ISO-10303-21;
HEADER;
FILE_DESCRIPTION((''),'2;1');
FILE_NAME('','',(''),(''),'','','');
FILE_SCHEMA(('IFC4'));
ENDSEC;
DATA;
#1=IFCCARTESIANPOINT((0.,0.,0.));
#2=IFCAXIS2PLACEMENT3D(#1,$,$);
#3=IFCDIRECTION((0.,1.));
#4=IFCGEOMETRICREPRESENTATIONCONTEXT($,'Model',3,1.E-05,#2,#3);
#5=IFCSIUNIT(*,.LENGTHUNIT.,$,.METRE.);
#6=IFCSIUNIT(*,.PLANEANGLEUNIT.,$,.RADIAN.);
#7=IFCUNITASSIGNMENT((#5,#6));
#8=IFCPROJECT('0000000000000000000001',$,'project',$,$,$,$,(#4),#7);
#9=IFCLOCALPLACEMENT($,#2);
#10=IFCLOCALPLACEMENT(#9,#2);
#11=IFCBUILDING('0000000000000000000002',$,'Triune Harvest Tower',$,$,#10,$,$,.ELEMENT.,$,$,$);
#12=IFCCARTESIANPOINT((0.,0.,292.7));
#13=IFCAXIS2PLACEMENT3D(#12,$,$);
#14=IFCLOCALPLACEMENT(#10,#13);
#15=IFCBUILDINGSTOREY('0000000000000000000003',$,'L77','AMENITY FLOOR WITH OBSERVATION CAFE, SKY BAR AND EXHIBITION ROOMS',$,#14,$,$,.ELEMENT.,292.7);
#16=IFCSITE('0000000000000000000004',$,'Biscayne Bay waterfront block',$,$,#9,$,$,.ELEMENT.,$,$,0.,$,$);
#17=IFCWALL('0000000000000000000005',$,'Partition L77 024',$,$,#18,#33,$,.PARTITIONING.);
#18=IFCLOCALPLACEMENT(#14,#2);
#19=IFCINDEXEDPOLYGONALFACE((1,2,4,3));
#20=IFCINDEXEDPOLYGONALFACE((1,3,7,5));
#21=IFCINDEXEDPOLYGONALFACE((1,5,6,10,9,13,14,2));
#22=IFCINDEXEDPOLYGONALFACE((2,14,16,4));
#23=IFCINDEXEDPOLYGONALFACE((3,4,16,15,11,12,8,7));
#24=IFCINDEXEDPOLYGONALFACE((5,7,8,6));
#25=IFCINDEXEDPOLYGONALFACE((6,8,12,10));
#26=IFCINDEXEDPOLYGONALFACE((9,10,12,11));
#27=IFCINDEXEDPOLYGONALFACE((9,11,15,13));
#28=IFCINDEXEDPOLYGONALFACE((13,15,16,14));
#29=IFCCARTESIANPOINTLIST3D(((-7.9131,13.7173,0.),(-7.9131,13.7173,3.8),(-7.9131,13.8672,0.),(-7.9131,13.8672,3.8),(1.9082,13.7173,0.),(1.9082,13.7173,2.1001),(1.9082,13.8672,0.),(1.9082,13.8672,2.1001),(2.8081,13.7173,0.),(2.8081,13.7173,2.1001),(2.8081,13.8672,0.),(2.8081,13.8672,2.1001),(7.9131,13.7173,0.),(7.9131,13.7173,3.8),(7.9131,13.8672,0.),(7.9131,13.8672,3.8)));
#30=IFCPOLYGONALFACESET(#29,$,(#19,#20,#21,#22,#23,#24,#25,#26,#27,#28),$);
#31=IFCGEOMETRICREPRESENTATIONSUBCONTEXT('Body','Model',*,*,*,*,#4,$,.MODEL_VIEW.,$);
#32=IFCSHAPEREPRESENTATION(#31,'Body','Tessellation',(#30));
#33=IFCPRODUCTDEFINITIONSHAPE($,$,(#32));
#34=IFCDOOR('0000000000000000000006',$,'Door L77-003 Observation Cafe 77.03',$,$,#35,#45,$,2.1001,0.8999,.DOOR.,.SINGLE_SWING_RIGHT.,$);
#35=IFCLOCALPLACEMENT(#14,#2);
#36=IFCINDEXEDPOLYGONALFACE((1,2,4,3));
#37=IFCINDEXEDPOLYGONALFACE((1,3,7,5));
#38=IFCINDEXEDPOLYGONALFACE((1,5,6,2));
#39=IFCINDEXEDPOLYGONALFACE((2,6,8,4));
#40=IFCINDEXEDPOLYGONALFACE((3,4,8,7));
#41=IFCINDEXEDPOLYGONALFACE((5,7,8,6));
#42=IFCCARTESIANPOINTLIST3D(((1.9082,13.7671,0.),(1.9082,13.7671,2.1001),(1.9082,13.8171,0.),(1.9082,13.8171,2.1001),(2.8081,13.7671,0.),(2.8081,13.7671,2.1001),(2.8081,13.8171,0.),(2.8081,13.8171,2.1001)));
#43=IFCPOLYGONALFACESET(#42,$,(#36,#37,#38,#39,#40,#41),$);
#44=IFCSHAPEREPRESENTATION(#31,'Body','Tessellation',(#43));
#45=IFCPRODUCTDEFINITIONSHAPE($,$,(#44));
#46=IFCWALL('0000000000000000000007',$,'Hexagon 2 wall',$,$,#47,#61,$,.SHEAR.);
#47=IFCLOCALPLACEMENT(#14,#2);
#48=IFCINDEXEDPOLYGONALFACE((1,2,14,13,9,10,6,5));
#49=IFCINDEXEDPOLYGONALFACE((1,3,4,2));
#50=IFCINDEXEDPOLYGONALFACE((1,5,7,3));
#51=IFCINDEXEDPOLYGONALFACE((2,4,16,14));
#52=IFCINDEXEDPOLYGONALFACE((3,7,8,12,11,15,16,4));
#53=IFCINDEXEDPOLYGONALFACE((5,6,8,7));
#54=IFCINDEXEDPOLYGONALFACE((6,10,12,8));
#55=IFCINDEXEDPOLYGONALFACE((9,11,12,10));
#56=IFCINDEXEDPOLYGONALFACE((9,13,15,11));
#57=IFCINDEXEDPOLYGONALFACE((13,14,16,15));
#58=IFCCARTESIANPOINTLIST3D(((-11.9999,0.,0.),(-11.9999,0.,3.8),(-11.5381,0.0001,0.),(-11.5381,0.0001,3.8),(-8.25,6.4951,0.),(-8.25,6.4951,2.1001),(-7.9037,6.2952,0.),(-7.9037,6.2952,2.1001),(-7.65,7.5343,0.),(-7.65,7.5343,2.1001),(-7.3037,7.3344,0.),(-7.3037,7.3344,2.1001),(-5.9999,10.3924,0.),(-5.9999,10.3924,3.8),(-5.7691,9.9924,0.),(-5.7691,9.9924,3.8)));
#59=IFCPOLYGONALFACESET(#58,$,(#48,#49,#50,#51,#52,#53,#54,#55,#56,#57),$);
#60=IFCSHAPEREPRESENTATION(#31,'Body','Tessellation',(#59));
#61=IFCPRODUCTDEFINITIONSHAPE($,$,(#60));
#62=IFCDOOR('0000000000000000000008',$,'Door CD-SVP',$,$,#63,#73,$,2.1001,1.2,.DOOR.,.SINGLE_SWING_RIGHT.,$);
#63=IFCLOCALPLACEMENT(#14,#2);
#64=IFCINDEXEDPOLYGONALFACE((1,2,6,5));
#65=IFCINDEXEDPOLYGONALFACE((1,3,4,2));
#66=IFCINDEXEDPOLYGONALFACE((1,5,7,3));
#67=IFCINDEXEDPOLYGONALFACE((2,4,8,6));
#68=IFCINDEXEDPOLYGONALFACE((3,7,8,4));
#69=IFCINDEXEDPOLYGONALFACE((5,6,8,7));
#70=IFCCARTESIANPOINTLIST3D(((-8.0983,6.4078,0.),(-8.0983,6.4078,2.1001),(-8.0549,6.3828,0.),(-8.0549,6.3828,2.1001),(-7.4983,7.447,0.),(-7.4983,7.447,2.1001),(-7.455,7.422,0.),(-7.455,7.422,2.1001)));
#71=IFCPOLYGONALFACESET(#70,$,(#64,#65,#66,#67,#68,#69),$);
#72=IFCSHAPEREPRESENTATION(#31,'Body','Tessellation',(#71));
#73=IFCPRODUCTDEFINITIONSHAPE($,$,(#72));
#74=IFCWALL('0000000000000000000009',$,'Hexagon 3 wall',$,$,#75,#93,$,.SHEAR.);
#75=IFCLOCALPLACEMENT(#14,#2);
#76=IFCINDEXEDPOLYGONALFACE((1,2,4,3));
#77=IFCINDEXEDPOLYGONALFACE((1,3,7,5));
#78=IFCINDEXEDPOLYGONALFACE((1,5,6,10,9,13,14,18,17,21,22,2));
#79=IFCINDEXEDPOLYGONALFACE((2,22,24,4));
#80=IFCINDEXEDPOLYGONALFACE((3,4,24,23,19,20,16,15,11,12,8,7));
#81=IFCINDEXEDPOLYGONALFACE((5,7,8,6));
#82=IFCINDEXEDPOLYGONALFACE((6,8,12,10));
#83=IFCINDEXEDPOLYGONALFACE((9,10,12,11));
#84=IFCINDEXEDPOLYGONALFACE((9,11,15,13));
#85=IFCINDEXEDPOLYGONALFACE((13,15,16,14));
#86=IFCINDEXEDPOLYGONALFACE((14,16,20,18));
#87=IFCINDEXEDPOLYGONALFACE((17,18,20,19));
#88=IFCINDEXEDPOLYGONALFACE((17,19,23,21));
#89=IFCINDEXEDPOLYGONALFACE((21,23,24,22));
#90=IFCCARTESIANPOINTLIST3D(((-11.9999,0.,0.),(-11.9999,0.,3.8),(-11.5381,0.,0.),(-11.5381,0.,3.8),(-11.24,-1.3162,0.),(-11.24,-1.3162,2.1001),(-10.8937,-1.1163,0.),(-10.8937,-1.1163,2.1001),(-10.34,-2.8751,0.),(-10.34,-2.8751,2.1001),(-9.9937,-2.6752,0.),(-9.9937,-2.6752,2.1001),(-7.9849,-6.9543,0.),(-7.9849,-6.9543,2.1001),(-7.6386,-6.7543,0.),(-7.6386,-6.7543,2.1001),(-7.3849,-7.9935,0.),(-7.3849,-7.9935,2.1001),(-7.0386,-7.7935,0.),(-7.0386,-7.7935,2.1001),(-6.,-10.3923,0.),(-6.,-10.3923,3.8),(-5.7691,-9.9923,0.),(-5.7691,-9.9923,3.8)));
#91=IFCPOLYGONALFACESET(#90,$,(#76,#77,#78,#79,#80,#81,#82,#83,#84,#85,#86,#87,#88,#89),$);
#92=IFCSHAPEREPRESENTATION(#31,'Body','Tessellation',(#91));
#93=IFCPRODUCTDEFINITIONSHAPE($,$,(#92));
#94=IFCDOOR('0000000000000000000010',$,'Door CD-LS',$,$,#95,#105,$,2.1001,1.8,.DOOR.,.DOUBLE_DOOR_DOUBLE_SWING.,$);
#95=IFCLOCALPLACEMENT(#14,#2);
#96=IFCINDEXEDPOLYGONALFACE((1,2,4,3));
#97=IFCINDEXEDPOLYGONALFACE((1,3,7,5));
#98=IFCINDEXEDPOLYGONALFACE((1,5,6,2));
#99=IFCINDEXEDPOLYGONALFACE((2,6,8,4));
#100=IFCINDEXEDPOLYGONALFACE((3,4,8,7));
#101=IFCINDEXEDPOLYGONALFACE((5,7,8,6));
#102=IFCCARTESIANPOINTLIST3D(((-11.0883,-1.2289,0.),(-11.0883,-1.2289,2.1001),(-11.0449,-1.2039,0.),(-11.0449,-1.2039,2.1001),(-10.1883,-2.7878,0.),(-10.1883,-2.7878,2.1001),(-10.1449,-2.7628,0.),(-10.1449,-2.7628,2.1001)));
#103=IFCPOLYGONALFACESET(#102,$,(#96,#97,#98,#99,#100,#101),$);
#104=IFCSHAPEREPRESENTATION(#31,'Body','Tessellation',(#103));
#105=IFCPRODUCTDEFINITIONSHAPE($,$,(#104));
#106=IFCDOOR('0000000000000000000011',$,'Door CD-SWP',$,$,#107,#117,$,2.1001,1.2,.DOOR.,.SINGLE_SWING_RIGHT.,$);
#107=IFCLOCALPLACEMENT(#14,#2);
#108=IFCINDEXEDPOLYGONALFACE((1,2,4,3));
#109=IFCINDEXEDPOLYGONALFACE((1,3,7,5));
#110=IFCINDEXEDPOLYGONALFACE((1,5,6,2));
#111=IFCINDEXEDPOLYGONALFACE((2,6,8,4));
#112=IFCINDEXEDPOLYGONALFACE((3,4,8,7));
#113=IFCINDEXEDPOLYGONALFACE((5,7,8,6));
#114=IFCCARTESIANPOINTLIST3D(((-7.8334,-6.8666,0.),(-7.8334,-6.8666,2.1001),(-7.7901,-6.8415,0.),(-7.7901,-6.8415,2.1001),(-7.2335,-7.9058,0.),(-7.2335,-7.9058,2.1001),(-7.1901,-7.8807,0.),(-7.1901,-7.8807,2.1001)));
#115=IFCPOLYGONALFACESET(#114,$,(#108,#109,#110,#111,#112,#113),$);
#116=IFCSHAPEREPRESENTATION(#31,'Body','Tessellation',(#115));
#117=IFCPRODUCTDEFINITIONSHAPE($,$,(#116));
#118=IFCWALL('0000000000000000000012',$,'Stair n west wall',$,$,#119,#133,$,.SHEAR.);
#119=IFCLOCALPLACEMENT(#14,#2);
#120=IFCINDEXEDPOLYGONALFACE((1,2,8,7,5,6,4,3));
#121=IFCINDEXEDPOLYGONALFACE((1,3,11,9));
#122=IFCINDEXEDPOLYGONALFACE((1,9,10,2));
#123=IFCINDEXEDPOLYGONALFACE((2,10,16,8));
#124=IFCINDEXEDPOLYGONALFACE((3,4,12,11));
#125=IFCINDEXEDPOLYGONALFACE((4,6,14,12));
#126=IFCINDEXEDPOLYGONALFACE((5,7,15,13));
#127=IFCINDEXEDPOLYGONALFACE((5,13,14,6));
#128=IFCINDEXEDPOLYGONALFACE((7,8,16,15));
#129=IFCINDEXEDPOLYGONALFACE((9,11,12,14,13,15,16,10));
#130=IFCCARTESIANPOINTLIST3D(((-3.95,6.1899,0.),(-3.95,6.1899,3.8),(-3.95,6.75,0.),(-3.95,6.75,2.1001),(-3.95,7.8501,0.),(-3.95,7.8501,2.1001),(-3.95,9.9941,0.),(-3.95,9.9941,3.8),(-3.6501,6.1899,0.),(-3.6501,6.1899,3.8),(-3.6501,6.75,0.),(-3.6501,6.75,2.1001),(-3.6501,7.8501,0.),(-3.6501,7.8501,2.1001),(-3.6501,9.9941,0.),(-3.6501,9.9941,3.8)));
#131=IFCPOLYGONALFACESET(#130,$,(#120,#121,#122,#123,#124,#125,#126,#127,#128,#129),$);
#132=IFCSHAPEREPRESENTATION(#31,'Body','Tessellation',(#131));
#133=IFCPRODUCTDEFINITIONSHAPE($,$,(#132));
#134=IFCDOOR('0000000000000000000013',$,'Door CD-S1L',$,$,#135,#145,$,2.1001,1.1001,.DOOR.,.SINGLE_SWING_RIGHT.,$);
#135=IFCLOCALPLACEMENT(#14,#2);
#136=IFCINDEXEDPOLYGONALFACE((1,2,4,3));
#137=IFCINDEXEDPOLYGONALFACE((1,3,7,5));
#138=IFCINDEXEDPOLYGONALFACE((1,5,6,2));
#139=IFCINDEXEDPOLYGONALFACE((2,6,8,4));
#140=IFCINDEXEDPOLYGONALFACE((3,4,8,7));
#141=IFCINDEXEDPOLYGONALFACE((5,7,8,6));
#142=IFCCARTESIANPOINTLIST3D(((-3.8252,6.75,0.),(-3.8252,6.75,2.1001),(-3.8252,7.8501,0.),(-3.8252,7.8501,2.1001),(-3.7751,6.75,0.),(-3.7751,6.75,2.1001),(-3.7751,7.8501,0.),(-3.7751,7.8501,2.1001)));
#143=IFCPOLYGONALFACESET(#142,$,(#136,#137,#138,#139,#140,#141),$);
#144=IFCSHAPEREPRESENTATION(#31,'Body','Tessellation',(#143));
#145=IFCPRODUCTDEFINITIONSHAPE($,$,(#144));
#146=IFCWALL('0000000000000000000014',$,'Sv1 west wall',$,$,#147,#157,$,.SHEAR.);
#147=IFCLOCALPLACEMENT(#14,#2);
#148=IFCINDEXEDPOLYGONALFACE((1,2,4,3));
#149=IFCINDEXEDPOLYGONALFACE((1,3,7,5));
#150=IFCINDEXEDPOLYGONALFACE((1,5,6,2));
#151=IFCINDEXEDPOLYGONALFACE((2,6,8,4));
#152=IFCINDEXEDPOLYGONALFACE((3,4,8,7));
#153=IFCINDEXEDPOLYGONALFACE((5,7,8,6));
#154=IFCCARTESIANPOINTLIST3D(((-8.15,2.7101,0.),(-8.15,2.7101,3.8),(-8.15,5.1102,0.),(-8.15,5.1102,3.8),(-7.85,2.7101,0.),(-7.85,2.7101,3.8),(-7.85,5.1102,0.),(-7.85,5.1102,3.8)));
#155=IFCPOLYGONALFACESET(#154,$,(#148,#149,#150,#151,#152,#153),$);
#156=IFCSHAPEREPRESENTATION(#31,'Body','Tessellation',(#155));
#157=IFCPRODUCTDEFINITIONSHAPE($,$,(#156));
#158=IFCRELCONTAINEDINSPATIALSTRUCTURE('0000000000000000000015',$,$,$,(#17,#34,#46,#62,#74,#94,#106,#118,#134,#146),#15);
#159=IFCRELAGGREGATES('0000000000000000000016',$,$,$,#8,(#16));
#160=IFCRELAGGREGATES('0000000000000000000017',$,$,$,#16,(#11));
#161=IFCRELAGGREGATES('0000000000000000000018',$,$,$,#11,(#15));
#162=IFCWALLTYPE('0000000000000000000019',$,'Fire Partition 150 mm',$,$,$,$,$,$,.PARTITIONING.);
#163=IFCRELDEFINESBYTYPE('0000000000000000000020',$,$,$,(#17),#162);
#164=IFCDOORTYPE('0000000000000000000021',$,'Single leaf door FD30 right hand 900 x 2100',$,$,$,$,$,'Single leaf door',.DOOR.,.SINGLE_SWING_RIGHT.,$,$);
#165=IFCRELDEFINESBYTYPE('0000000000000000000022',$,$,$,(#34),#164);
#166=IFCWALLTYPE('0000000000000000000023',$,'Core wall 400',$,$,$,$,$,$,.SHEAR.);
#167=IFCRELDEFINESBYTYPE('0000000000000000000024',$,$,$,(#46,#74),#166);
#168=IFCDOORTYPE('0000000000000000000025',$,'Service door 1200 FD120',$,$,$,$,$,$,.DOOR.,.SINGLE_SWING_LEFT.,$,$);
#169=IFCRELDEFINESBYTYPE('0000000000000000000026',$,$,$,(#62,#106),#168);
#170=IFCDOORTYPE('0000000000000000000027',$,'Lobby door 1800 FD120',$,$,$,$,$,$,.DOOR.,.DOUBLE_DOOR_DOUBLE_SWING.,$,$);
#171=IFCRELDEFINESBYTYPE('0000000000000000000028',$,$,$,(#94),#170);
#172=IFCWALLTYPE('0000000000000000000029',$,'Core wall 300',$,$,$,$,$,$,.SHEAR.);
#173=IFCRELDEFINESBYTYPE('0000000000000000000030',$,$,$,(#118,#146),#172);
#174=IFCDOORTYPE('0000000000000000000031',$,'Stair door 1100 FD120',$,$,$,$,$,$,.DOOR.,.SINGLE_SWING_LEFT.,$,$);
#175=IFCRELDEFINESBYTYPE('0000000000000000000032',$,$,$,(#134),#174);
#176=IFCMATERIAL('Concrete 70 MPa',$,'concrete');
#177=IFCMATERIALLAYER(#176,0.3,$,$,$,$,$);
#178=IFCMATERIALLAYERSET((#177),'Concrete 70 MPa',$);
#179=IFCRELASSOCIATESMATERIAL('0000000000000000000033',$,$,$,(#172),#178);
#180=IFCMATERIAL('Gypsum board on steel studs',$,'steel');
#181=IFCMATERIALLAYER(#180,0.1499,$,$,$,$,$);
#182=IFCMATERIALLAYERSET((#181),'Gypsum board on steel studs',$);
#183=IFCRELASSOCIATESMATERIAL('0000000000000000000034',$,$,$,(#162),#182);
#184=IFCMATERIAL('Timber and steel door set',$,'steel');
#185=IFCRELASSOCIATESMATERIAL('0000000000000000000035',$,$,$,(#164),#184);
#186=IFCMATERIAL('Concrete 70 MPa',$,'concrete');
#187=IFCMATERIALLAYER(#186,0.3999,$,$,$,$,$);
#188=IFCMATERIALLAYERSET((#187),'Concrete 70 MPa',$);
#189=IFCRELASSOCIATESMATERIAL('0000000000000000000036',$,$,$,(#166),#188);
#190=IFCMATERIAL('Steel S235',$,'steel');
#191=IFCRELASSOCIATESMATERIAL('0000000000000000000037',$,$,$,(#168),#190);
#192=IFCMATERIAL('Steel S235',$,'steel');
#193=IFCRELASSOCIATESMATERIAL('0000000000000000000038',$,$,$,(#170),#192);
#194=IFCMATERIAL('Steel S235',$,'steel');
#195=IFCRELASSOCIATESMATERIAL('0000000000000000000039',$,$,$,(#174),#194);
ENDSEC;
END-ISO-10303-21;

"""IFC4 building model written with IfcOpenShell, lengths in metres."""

from ifc_helpers import new_model, si_unit, direction, frame, frame_2d, origin, place, context, subcontext, project, spatial, polyline, rectangle, outline, extrude, source, transform, mapped, material, layer, layer_set, type_object, element, fill, save


model = new_model("IFC4")

# Units and contexts
model_context = context("Model", 3, precision=1e-05, world=origin(), true_north=direction((0.0, 1.0)))
body_context = subcontext(model_context, "Body", "Model", "MODEL_VIEW")
ifc_project = project(units=[si_unit("LENGTHUNIT", "METRE"), si_unit("PLANEANGLEUNIT", "RADIAN")], contexts=[model_context])

# Site, building, storey
site_placement = place(None, origin())
site = spatial("IfcSite", under=ifc_project, at=site_placement, Name="Biscayne Bay waterfront block", CompositionType="ELEMENT", RefElevation=0.0)
building_placement = place(site_placement, origin())
building = spatial("IfcBuilding", under=site, at=building_placement, Name="Triune Harvest Tower", CompositionType="ELEMENT")
storey_placement = place(building_placement, frame((0.0, 0.0, 292.7)))
storey = spatial("IfcBuildingStorey", under=building, at=storey_placement, Name="L77", Description="AMENITY FLOOR WITH OBSERVATION CAFE, SKY BAR AND EXHIBITION ROOMS", CompositionType="ELEMENT", Elevation=292.7)

# Shared definitions
ifc_material_1 = material(Name="Concrete 70 MPa", Category="concrete")
ifc_layer_1 = layer(ifc_material_1, 0.3)
ifc_layer_set_1 = layer_set([ifc_layer_1], Name="Concrete 70 MPa")
wall_type_1 = type_object("IfcWallType", Name="Core wall 300", PredefinedType="SHEAR", material=ifc_layer_set_1)

# Walls, openings, doors
ifc_material_2 = material(Name="Gypsum board on steel studs", Category="steel")
ifc_layer_2 = layer(ifc_material_2, 0.1499)
ifc_layer_set_2 = layer_set([ifc_layer_2], Name="Gypsum board on steel studs")
wall_type_2 = type_object("IfcWallType", Name="Fire Partition 150 mm", PredefinedType="PARTITIONING", material=ifc_layer_set_2)
wall_1_placement = place(storey_placement, frame((-7.9131, 13.7922, 0.0), z_axis=(0.0, 0.0, 1.0), x_axis=(1.0, 0.0, 0.0)))
wall_1 = element("IfcWall", 1, at=wall_1_placement, inside=storey, type_object=wall_type_2, Name="Partition L77 024", PredefinedType="PARTITIONING", context=body_context, shape_type="SweptSolid", body=[
    extrude(rectangle(XDim=15.8262, YDim=0.1499, at=frame_2d((7.9131, 0.0))), origin(), (0.0, 0.0, 1.0), 3.8),
])
opening_1_placement = place(wall_1_placement, frame((9.8213, 0.0, 0.0)))
opening_1 = element("IfcOpeningElement", 2, at=opening_1_placement, cuts=wall_1, PredefinedType="OPENING", context=body_context, shape_type="SweptSolid", body=[
    extrude(rectangle(XDim=0.8999, YDim=2.1001, at=frame_2d((0.45, 1.05))), frame((0.0, 0.085, 0.0), z_axis=(0.0, -1.0, 0.0), x_axis=(1.0, 0.0, 0.0)), (0.0, 0.0, 1.0), 0.1699),
])
ifc_material_3 = material(Name="Timber and steel door set", Category="steel")
door_type_1 = type_object("IfcDoorType", Name="Single leaf door FD30 right hand 900 x 2100", ElementType="Single leaf door", OperationType="SINGLE_SWING_RIGHT", PredefinedType="DOOR", material=ifc_material_3)
door_1_placement = place(opening_1_placement, origin())
door_1 = element("IfcDoor", 3, at=door_1_placement, inside=storey, type_object=door_type_1, Name="Door L77-003 Observation Cafe 77.03", OperationType="SINGLE_SWING_RIGHT", OverallHeight=2.1001, OverallWidth=0.8999, PredefinedType="DOOR", context=body_context, shape_type="SweptSolid", body=[
    extrude(rectangle(XDim=0.8999, YDim=2.1001, at=frame_2d((0.45, 1.05))), frame((0.0, 0.0249, 0.0), z_axis=(0.0, -1.0, 0.0), x_axis=(1.0, 0.0, 0.0)), (0.0, 0.0, 1.0), 0.05),
])
fill(opening_1, door_1)
ifc_material_4 = material(Name="Concrete 70 MPa", Category="concrete")
ifc_layer_3 = layer(ifc_material_4, 0.3999)
ifc_layer_set_3 = layer_set([ifc_layer_3], Name="Concrete 70 MPa")
wall_type_3 = type_object("IfcWallType", Name="Core wall 400", PredefinedType="SHEAR", material=ifc_layer_set_3)
shared_shape_1 = source(origin(), body_context, "Body", "SweptSolid", [
    extrude(outline(polyline([(-0.1155, -0.2), (11.8845, -0.2), (11.6536, 0.2), (0.1155, 0.2), (-0.1155, -0.2)])), origin(), (0.0, 0.0, 1.0), 3.8),
])
wall_2_placement = place(storey_placement, frame((-5.8845, 10.1924, 0.0), z_axis=(0.0, 0.0, 1.0), x_axis=(-0.499997, -0.866027, 0.0)))
wall_2 = element("IfcWall", 4, at=wall_2_placement, inside=storey, type_object=wall_type_3, Name="Hexagon 2 wall", PredefinedType="SHEAR", context=body_context, shape_type="MappedRepresentation", body=[
    mapped(shared_shape_1, transform((0.0, 0.0, 0.0), scale=1.0)),
])
opening_2_placement = place(wall_2_placement, frame((3.1846, 0.0, 0.0)))
opening_2 = element("IfcOpeningElement", 5, at=opening_2_placement, cuts=wall_2, PredefinedType="OPENING", context=body_context, shape_type="SweptSolid", body=[
    extrude(rectangle(XDim=1.2, YDim=2.1001, at=frame_2d((0.6001, 1.05))), frame((0.0, 0.21, 0.0), z_axis=(0.0, -1.0, 0.0), x_axis=(1.0, 0.0, 0.0)), (0.0, 0.0, 1.0), 0.4199),
])
ifc_material_5 = material(Name="Steel S235", Category="steel")
door_type_2 = type_object("IfcDoorType", Name="Service door 1200 FD120", OperationType="SINGLE_SWING_LEFT", PredefinedType="DOOR", material=ifc_material_5)
door_2_placement = place(opening_2_placement, frame((1.2, 0.0, 0.0), z_axis=(0.0, 0.0, 1.0), x_axis=(-1.0, 0.0, 0.0)))
door_2 = element("IfcDoor", 6, at=door_2_placement, inside=storey, type_object=door_type_2, Name="Door CD-SVP", OperationType="SINGLE_SWING_RIGHT", OverallHeight=2.1001, OverallWidth=1.2, PredefinedType="DOOR", context=body_context, shape_type="SweptSolid", body=[
    extrude(rectangle(XDim=1.2, YDim=2.1001, at=frame_2d((0.6001, 1.05))), frame((0.0, 0.0249, 0.0), z_axis=(0.0, -1.0, 0.0), x_axis=(1.0, 0.0, 0.0)), (0.0, 0.0, 1.0), 0.05),
])
fill(opening_2, door_2)

# Wall, openings, doors
wall_3_placement = place(storey_placement, frame((-11.769, 0.0, 0.0), z_axis=(0.0, 0.0, 1.0), x_axis=(0.499997, -0.866027, 0.0)))
wall_3 = element("IfcWall", 7, at=wall_3_placement, inside=storey, type_object=wall_type_3, Name="Hexagon 3 wall", PredefinedType="SHEAR", context=body_context, shape_type="MappedRepresentation", body=[
    mapped(shared_shape_1, transform((0.0, 0.0, 0.0), scale=1.0)),
])
opening_3_placement = place(wall_3_placement, frame((1.4045, 0.0, 0.0)))
opening_3 = element("IfcOpeningElement", 8, at=opening_3_placement, cuts=wall_3, PredefinedType="OPENING", context=body_context, shape_type="SweptSolid", body=[
    extrude(rectangle(XDim=1.8, YDim=2.1001, at=frame_2d((0.8999, 1.05))), frame((0.0, 0.21, 0.0), z_axis=(0.0, -1.0, 0.0), x_axis=(1.0, 0.0, 0.0)), (0.0, 0.0, 1.0), 0.4199),
])
opening_4_placement = place(wall_3_placement, frame((7.9146, 0.0, 0.0)))
opening_4 = element("IfcOpeningElement", 9, at=opening_4_placement, cuts=wall_3, PredefinedType="OPENING", context=body_context, shape_type="SweptSolid", body=[
    extrude(rectangle(XDim=1.2, YDim=2.1001, at=frame_2d((0.6001, 1.05))), frame((0.0, 0.21, 0.0), z_axis=(0.0, -1.0, 0.0), x_axis=(1.0, 0.0, 0.0)), (0.0, 0.0, 1.0), 0.4199),
])
ifc_material_6 = material(Name="Steel S235", Category="steel")
door_type_3 = type_object("IfcDoorType", Name="Lobby door 1800 FD120", OperationType="DOUBLE_DOOR_DOUBLE_SWING", PredefinedType="DOOR", material=ifc_material_6)
door_3_placement = place(opening_3_placement, frame((1.8, 0.0, 0.0), z_axis=(0.0, 0.0, 1.0), x_axis=(-1.0, 0.0, 0.0)))
door_3 = element("IfcDoor", 10, at=door_3_placement, inside=storey, type_object=door_type_3, Name="Door CD-LS", OperationType="DOUBLE_DOOR_DOUBLE_SWING", OverallHeight=2.1001, OverallWidth=1.8, PredefinedType="DOOR", context=body_context, shape_type="SweptSolid", body=[
    extrude(rectangle(XDim=1.8, YDim=2.1001, at=frame_2d((0.8999, 1.05))), frame((0.0, 0.0249, 0.0), z_axis=(0.0, -1.0, 0.0), x_axis=(1.0, 0.0, 0.0)), (0.0, 0.0, 1.0), 0.05),
])
fill(opening_3, door_3)
door_4_placement = place(opening_4_placement, frame((1.2, 0.0, 0.0), z_axis=(0.0, 0.0, 1.0), x_axis=(-1.0, 0.0, 0.0)))
door_4 = element("IfcDoor", 11, at=door_4_placement, inside=storey, type_object=door_type_2, Name="Door CD-SWP", OperationType="SINGLE_SWING_RIGHT", OverallHeight=2.1001, OverallWidth=1.2, PredefinedType="DOOR", context=body_context, shape_type="SweptSolid", body=[
    extrude(rectangle(XDim=1.2, YDim=2.1001, at=frame_2d((0.6001, 1.05))), frame((0.0, 0.0249, 0.0), z_axis=(0.0, -1.0, 0.0), x_axis=(1.0, 0.0, 0.0)), (0.0, 0.0, 1.0), 0.05),
])
fill(opening_4, door_4)

# Wall, opening, door
shared_shape_2 = source(origin(), body_context, "Body", "SweptSolid", [
    extrude(outline(polyline([(0.0, -0.1499), (0.0, 0.1499), (3.8042, 0.1499), (3.8042, -0.1499), (0.0, -0.1499)])), origin(), (0.0, 0.0, 1.0), 3.8),
])
wall_4_placement = place(storey_placement, frame((-3.8, 6.1899, 0.0), z_axis=(0.0, 0.0, 1.0), x_axis=(0.0, 1.0, 0.0)))
wall_4 = element("IfcWall", 12, at=wall_4_placement, inside=storey, type_object=wall_type_1, Name="Stair n west wall", PredefinedType="SHEAR", context=body_context, shape_type="MappedRepresentation", body=[
    mapped(shared_shape_2, transform((0.0, 0.0, 0.0), scale=1.0)),
])
opening_5_placement = place(wall_4_placement, frame((0.5601, 0.0, 0.0)))
opening_5 = element("IfcOpeningElement", 13, at=opening_5_placement, cuts=wall_4, PredefinedType="OPENING", context=body_context, shape_type="SweptSolid", body=[
    extrude(rectangle(XDim=1.1001, YDim=2.1001, at=frame_2d((0.55, 1.05))), frame((0.0, 0.1602, 0.0), z_axis=(0.0, -1.0, 0.0), x_axis=(1.0, 0.0, 0.0)), (0.0, 0.0, 1.0), 0.3201),
])
ifc_material_7 = material(Name="Steel S235", Category="steel")
door_type_4 = type_object("IfcDoorType", Name="Stair door 1100 FD120", OperationType="SINGLE_SWING_LEFT", PredefinedType="DOOR", material=ifc_material_7)
door_5_placement = place(opening_5_placement, frame((1.1001, 0.0, 0.0), z_axis=(0.0, 0.0, 1.0), x_axis=(-1.0, 0.0, 0.0)))
door_5 = element("IfcDoor", 14, at=door_5_placement, inside=storey, type_object=door_type_4, Name="Door CD-S1L", OperationType="SINGLE_SWING_RIGHT", OverallHeight=2.1001, OverallWidth=1.1001, PredefinedType="DOOR", context=body_context, shape_type="SweptSolid", body=[
    extrude(rectangle(XDim=1.1001, YDim=2.1001, at=frame_2d((0.55, 1.05))), frame((0.0, 0.0249, 0.0), z_axis=(0.0, -1.0, 0.0), x_axis=(1.0, 0.0, 0.0)), (0.0, 0.0, 1.0), 0.05),
])
fill(opening_5, door_5)

# Wall
shared_shape_3 = source(origin(), body_context, "Body", "SweptSolid", [
    extrude(rectangle(XDim=2.4001, YDim=0.3, at=frame_2d((1.2002, 0.0))), origin(), (0.0, 0.0, 1.0), 3.8),
])
wall_5_placement = place(storey_placement, frame((-8.0, 2.71, 0.0), z_axis=(0.0, 0.0, 1.0), x_axis=(0.0, 1.0, 0.0)))
element("IfcWall", 15, at=wall_5_placement, inside=storey, type_object=wall_type_1, Name="Sv1 west wall", PredefinedType="SHEAR", context=body_context, shape_type="MappedRepresentation", body=[
    mapped(shared_shape_3, transform((0.0, 0.0, 0.0), scale=1.0)),
])

save(model, "model.ifc")
